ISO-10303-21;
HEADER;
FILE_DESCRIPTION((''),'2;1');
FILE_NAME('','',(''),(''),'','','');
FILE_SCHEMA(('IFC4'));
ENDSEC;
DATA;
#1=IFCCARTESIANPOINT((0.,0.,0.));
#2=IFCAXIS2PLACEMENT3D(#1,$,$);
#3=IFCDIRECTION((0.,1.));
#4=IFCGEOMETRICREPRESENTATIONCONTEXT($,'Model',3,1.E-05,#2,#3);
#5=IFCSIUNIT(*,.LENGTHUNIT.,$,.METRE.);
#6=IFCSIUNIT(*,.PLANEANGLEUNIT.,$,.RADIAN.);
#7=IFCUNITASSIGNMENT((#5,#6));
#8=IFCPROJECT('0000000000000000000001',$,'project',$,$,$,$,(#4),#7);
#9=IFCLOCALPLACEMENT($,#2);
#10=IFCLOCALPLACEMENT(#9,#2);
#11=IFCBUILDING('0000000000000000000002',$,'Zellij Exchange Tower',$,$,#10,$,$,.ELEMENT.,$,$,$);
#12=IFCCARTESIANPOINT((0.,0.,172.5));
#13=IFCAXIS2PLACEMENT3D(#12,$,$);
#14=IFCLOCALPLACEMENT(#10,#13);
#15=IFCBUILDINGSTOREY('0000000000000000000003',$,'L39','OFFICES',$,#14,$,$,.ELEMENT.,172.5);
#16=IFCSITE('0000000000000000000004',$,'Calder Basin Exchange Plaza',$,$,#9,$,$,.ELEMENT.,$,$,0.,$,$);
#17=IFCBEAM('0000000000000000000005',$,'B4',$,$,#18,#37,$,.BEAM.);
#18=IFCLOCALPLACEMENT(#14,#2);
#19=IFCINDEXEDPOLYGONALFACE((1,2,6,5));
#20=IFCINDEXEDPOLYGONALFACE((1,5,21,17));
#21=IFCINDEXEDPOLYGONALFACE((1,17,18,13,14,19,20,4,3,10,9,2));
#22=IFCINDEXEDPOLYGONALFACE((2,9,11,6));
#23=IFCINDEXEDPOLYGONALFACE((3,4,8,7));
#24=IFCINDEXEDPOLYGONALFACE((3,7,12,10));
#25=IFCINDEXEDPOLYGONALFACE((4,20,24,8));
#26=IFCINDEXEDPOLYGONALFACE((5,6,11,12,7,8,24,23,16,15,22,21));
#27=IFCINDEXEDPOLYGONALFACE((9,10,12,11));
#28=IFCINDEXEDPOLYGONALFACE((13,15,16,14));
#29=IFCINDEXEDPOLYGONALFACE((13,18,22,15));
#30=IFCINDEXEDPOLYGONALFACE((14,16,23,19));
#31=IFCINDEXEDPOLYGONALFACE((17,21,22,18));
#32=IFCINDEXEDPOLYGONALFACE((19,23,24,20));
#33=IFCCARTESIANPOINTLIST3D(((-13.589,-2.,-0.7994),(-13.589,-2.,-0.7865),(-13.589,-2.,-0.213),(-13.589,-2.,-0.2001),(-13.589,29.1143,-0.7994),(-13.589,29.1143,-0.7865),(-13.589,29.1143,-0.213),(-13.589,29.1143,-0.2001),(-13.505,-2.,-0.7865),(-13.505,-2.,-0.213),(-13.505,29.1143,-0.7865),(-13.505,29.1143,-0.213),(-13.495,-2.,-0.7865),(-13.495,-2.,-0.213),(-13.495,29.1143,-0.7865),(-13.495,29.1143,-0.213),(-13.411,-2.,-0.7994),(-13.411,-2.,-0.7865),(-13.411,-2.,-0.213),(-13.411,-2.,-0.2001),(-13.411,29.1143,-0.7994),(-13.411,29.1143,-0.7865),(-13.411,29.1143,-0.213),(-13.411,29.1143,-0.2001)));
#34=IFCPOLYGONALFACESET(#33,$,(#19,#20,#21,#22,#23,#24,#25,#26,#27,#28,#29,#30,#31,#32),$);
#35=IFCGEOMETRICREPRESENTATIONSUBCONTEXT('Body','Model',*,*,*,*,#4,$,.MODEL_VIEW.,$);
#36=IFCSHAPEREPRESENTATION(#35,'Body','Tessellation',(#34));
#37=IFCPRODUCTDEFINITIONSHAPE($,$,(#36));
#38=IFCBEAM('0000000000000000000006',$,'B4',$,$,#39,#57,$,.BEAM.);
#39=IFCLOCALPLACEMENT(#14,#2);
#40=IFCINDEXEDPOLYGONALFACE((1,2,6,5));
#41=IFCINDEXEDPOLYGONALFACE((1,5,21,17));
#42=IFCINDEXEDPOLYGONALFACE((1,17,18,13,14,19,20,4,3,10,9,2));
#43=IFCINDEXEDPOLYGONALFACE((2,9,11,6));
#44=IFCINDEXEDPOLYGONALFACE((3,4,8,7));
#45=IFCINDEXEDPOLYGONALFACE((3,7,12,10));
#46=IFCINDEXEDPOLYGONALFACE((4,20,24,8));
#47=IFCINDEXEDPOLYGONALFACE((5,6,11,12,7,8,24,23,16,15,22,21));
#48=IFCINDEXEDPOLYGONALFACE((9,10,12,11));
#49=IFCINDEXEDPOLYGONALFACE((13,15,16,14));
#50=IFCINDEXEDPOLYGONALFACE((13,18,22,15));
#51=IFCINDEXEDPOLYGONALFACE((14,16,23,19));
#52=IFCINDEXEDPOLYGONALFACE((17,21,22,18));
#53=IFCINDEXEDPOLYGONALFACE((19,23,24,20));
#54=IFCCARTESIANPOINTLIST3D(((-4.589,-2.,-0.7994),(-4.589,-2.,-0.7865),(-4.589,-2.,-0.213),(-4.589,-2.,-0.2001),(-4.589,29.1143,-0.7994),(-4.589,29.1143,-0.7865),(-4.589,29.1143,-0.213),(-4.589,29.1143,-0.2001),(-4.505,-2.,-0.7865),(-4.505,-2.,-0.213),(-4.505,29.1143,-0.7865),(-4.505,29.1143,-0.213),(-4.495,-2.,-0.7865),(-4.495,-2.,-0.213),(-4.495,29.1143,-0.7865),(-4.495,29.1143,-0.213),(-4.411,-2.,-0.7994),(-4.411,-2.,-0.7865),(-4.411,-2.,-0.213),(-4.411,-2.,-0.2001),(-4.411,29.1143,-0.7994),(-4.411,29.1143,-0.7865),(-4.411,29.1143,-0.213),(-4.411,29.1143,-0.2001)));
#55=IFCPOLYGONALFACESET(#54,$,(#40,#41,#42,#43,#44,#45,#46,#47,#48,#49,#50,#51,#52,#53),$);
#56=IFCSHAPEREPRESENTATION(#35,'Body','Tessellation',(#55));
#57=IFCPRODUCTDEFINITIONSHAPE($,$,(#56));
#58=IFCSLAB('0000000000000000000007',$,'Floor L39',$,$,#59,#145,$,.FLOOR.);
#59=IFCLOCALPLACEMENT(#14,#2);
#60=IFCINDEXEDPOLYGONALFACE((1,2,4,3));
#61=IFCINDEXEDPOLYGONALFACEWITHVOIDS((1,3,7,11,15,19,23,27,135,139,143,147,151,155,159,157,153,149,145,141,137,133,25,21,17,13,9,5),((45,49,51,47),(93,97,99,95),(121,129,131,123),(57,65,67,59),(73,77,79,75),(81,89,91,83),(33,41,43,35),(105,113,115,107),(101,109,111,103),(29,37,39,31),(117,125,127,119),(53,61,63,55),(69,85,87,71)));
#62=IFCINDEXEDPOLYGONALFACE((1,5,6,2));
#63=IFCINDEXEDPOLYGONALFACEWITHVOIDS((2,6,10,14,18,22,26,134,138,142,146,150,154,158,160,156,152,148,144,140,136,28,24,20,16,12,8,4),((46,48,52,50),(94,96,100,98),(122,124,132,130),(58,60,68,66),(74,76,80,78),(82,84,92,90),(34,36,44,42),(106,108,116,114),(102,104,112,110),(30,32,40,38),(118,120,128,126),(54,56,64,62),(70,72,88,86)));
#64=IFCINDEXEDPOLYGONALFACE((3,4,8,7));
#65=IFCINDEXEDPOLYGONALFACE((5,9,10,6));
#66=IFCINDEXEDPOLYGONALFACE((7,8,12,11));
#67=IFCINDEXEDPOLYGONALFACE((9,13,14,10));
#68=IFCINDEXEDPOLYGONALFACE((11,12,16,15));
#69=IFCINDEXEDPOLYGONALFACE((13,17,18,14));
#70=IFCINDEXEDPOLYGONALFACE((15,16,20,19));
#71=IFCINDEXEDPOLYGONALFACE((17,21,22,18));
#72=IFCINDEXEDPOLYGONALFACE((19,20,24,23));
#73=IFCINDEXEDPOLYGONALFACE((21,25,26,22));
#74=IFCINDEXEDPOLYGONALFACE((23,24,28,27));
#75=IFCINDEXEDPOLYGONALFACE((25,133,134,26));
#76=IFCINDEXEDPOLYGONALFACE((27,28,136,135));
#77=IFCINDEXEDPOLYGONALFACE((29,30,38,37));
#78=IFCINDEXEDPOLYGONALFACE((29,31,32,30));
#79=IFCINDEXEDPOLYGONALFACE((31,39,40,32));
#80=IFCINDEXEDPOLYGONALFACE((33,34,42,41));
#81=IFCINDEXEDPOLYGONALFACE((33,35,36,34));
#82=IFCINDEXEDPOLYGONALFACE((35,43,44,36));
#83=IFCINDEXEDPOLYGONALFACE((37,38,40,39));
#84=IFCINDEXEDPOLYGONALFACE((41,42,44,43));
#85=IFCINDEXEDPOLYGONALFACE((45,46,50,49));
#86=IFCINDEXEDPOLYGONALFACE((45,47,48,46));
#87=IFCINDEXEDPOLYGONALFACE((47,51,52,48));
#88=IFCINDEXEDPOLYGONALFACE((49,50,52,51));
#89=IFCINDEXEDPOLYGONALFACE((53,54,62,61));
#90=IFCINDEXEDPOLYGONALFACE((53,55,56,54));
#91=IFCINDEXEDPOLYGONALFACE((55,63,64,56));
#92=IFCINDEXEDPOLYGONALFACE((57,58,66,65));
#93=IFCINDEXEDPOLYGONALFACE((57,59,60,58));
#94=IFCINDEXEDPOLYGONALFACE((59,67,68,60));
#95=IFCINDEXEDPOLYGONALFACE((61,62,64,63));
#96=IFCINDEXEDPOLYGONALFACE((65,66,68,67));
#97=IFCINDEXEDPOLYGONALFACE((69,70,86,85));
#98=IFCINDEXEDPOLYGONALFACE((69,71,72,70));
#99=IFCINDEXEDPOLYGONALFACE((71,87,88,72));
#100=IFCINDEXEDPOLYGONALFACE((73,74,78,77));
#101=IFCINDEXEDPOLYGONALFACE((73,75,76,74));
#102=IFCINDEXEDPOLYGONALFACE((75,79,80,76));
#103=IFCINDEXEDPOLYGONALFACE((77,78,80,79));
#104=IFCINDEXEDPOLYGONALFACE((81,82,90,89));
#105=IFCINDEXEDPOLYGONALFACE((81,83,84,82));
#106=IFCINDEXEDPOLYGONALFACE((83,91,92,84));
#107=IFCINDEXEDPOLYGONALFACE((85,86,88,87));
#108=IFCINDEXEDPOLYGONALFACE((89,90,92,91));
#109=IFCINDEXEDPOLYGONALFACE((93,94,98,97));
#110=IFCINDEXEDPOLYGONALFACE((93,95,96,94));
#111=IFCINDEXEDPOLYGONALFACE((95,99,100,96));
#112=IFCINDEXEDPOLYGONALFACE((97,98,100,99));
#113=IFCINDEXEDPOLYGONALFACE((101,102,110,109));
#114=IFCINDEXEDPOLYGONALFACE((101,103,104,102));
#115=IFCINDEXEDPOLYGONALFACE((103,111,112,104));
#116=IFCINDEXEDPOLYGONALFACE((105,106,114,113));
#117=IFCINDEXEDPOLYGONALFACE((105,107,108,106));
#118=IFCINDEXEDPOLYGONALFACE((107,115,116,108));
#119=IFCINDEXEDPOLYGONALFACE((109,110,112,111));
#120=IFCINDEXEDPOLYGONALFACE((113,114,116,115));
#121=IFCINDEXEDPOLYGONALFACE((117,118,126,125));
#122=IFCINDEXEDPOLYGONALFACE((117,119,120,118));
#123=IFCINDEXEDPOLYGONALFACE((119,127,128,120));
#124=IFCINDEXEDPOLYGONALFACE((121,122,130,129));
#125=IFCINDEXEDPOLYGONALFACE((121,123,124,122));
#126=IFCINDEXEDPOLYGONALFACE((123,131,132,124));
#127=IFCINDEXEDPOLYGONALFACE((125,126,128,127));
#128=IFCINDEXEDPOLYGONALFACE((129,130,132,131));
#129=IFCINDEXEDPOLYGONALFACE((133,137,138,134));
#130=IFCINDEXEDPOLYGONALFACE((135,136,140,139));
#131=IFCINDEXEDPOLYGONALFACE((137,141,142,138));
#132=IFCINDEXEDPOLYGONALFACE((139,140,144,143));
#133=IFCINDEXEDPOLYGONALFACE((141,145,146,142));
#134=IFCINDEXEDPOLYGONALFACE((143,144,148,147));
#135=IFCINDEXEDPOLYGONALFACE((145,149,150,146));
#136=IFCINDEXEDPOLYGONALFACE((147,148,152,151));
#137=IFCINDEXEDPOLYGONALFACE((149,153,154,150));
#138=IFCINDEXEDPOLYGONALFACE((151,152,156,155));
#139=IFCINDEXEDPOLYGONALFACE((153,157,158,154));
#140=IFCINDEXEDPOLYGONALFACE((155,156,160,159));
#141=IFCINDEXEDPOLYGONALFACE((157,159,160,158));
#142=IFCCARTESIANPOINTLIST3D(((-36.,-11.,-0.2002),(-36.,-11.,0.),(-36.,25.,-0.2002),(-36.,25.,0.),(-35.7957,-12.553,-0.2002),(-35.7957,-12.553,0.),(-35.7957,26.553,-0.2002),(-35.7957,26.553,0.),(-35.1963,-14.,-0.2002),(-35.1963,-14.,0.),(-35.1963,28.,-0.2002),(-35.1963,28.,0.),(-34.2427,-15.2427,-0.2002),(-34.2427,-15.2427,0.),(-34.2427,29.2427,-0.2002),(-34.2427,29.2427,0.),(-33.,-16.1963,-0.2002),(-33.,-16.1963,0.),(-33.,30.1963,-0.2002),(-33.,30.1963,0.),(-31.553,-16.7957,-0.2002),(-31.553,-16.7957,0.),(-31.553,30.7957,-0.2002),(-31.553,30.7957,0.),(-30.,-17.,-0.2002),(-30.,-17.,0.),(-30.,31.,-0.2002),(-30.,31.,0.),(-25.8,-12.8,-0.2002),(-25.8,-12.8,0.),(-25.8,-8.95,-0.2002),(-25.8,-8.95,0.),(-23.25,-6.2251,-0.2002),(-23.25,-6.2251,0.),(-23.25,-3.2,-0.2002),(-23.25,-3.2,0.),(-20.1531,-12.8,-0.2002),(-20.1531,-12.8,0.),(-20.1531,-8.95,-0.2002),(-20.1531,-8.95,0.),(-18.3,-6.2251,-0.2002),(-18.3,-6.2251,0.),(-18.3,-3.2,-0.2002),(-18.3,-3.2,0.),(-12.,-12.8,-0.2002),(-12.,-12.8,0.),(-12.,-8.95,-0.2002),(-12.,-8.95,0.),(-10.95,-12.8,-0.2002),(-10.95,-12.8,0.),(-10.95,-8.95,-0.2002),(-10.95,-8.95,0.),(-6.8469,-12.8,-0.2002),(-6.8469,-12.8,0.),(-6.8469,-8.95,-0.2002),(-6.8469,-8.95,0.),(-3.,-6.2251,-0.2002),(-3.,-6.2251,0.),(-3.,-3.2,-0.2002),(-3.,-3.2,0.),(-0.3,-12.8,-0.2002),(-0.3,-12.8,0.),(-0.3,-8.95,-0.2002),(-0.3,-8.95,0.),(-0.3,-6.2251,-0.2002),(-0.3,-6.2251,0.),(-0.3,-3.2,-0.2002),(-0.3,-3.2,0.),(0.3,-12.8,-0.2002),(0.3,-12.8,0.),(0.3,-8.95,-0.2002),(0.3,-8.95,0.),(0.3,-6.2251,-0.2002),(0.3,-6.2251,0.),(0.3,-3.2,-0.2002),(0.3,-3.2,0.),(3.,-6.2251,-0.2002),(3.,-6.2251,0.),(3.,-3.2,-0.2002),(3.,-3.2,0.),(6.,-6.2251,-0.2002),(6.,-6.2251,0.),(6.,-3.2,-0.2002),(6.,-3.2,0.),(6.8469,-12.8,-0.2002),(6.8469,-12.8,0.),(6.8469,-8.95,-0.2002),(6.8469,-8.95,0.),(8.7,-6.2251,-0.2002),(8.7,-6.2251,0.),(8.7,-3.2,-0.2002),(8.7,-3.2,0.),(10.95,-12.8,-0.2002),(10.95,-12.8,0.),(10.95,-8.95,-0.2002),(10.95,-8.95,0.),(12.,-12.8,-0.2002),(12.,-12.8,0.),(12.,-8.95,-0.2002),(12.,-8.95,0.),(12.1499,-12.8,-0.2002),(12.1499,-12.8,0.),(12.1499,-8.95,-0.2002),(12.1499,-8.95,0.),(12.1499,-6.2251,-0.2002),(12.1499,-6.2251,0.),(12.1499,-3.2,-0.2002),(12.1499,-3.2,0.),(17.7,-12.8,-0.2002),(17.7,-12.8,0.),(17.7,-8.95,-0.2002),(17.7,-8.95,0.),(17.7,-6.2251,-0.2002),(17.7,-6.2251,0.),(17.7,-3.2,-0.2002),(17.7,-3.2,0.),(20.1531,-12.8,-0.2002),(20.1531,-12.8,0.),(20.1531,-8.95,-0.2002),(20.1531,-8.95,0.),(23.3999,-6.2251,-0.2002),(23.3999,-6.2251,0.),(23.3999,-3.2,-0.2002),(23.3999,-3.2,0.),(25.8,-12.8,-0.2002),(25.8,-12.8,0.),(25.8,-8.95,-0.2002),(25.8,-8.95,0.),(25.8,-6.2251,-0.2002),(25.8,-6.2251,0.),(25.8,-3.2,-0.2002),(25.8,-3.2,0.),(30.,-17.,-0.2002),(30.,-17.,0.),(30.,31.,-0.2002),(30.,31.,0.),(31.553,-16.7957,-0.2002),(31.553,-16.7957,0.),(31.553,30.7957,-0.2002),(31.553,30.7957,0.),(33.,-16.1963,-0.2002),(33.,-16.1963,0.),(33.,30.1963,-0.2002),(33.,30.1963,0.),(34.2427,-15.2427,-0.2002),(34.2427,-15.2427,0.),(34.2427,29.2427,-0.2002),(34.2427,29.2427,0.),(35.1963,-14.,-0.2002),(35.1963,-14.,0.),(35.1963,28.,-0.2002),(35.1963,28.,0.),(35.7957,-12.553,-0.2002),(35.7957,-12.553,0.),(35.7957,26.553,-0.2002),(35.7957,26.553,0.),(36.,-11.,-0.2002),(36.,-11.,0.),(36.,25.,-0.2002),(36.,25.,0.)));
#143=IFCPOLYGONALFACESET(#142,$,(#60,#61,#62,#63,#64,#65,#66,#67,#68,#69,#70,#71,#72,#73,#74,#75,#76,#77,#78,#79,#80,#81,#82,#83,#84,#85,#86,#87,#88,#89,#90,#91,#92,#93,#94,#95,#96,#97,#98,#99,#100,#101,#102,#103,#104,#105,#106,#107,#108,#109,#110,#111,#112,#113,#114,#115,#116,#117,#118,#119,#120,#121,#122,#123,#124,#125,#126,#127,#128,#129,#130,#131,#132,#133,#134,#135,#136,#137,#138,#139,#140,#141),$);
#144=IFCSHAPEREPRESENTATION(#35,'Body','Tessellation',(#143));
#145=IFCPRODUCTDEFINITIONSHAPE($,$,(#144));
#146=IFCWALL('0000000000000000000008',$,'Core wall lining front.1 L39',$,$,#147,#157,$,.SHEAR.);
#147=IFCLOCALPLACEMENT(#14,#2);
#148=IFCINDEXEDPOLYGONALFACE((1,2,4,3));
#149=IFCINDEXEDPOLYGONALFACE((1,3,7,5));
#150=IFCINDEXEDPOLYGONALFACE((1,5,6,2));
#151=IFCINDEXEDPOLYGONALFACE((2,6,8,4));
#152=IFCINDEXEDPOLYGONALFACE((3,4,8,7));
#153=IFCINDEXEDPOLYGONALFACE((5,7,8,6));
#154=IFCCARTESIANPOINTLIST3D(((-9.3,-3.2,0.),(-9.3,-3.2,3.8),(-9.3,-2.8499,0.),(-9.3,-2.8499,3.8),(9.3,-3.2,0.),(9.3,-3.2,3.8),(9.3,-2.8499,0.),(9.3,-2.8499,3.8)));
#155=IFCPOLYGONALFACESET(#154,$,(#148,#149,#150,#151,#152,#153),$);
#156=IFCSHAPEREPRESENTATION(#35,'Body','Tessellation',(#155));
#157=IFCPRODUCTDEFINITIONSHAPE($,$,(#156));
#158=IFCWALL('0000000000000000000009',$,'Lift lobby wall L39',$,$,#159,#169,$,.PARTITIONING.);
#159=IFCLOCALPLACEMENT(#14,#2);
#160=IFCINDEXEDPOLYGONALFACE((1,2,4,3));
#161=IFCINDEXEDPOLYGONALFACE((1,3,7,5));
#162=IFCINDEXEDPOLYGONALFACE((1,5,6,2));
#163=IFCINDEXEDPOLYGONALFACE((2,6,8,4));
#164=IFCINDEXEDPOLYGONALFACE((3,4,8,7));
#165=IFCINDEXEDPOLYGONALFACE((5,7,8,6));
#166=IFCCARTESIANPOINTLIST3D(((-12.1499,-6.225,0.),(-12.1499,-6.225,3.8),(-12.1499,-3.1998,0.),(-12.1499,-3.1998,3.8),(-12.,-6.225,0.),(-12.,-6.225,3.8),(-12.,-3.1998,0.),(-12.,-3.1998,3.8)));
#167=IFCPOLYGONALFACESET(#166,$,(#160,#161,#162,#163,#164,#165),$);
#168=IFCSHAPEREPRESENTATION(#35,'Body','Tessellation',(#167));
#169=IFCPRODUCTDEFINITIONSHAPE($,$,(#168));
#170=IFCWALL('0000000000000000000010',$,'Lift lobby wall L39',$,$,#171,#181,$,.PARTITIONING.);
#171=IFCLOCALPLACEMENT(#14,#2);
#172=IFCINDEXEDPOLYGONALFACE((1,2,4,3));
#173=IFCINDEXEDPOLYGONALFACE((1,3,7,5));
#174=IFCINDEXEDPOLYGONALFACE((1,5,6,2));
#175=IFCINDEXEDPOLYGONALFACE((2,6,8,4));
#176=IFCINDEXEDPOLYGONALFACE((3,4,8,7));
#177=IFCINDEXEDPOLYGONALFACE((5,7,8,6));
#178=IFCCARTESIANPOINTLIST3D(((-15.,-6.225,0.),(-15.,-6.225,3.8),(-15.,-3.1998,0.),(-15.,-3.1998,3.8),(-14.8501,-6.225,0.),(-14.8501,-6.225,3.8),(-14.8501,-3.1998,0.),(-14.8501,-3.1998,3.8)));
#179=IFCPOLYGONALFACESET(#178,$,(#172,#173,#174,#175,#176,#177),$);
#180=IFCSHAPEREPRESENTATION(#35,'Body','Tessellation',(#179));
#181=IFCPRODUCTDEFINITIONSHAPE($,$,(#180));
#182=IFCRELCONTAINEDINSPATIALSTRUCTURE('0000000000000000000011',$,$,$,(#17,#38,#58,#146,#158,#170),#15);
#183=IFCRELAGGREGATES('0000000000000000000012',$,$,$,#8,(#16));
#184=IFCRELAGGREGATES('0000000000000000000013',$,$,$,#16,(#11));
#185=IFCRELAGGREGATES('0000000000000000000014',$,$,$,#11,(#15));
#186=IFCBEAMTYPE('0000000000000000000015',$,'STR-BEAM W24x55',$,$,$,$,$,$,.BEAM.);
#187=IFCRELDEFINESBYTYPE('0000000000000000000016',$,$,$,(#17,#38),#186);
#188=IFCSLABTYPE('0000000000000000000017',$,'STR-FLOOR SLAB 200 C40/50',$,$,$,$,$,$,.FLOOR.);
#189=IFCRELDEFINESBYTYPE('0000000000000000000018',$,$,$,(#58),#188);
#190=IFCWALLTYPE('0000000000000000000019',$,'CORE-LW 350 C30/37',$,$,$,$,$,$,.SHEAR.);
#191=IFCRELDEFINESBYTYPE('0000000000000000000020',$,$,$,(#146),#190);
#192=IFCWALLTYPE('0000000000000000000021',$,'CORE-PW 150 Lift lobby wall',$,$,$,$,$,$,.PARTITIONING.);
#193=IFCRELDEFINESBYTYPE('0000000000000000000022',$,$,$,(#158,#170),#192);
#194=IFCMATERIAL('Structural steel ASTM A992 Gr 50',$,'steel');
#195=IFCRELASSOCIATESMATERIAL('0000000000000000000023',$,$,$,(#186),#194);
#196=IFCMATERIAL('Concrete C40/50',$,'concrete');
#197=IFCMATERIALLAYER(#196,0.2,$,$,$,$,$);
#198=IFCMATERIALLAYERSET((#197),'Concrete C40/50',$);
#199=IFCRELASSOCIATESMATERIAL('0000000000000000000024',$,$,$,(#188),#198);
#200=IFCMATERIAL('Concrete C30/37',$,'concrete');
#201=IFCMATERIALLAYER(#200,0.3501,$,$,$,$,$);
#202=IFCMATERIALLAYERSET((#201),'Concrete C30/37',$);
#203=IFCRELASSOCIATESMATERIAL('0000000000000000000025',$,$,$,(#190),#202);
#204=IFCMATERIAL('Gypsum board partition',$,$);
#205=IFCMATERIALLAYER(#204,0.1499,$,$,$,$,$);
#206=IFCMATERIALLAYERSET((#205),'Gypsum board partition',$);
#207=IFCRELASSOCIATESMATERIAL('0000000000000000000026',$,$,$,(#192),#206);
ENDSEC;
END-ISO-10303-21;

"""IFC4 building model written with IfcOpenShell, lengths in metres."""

from ifc_helpers import new_model, si_unit, direction, frame, frame_2d, origin, origin_2d, place, context, subcontext, project, spatial, polyline, rectangle, i_section, outline, extrude, material, layer, layer_set, material_profile, profile_set, type_object, element, save


model = new_model("IFC4")

# Units and contexts
model_context = context("Model", 3, precision=1e-05, world=origin(), true_north=direction((0.0, 1.0)))
body_context = subcontext(model_context, "Body", "Model", "MODEL_VIEW")
ifc_project = project(units=[si_unit("LENGTHUNIT", "METRE"), si_unit("PLANEANGLEUNIT", "RADIAN")], contexts=[model_context])

# Site, building, storey
site_placement = place(None, origin())
site = spatial("IfcSite", under=ifc_project, at=site_placement, Name="Calder Basin Exchange Plaza", CompositionType="ELEMENT", RefElevation=0.0)
building_placement = place(site_placement, origin())
building = spatial("IfcBuilding", under=site, at=building_placement, Name="Zellij Exchange Tower", CompositionType="ELEMENT")
storey_placement = place(building_placement, frame((0.0, 0.0, 172.5)))
storey = spatial("IfcBuildingStorey", under=building, at=storey_placement, Name="L39", Description="OFFICES", CompositionType="ELEMENT", Elevation=172.5)

# Beams
ifc_material_1 = material(Name="Structural steel ASTM A992 Gr 50", Category="steel")
ifc_material_profile = material_profile(ifc_material_1, i_section(OverallWidth=0.178, OverallDepth=0.5994, WebThickness=0.01, FlangeThickness=0.0129, at=origin_2d()), Name="W24x55")
ifc_profile_set = profile_set([ifc_material_profile], Name="Structural steel ASTM A992 Gr 50")
beam_type = type_object("IfcBeamType", Name="STR-BEAM W24x55", PredefinedType="BEAM", material=ifc_profile_set)
for number, where, z_axis, x_axis, name in (
    (1, (-13.5, -2.0, -0.4998), (0.0, 1.0, 0.0), (-1.0, 0.0, 0.0), "B4"),
    (2, (-4.5, -2.0, -0.4998), (0.0, 1.0, 0.0), (-1.0, 0.0, 0.0), "B4"),
):
    element("IfcBeam", number, at=place(storey_placement, frame(where, z_axis=z_axis, x_axis=x_axis)), inside=storey, type_object=beam_type, Name=name, PredefinedType="BEAM", context=body_context, shape_type="SweptSolid", body=[
        extrude(i_section(OverallWidth=0.178, OverallDepth=0.5994, WebThickness=0.01, FlangeThickness=0.0129, at=origin_2d()), origin(), (0.0, 0.0, 1.0), 31.1143),
    ])

# Slab
ifc_material_2 = material(Name="Concrete C40/50", Category="concrete")
ifc_layer_1 = layer(ifc_material_2, 0.2)
ifc_layer_set_1 = layer_set([ifc_layer_1], Name="Concrete C40/50")
slab_type = type_object("IfcSlabType", Name="STR-FLOOR SLAB 200 C40/50", PredefinedType="FLOOR", material=ifc_layer_set_1)
slab_placement = place(storey_placement, frame((0.0, 0.0, -0.2002)))
element("IfcSlab", 3, at=slab_placement, inside=storey, type_object=slab_type, Name="Floor L39", PredefinedType="FLOOR", context=body_context, shape_type="SweptSolid", body=[
    extrude(outline(polyline([(-30.0, -17.0), (-31.553, -16.7957), (-33.0, -16.1963), (-34.2427, -15.2427), (-35.1963, -14.0), (-35.7957, -12.553), (-36.0, -11.0), (-36.0, 25.0), (-35.7957, 26.553), (-35.1963, 28.0), (-34.2427, 29.2427), (-33.0, 30.1963), (-31.553, 30.7957), (-30.0, 31.0), (30.0, 31.0), (31.553, 30.7957), (33.0, 30.1963), (34.2427, 29.2427), (35.1963, 28.0), (35.7957, 26.553), (36.0, 25.0), (36.0, -11.0), (35.7957, -12.553), (35.1963, -14.0), (34.2427, -15.2427), (33.0, -16.1963), (31.553, -16.7957), (30.0, -17.0), (-30.0, -17.0)]), holes=[polyline([(-25.8, -8.95), (-25.8, -12.8), (-20.1531, -12.8), (-20.1531, -8.95), (-25.8, -8.95)]), polyline([(-10.95, -8.95), (-12.0, -8.95), (-12.0, -12.8), (-10.95, -12.8), (-10.95, -8.95)]), polyline([(-0.3, -8.95), (-6.8469, -8.95), (-6.8469, -12.8), (-0.3, -12.8), (-0.3, -8.95)]), polyline([(0.3, -8.95), (0.3, -12.8), (6.8469, -12.8), (6.8469, -8.95), (0.3, -8.95)]), polyline([(-18.3, -3.2), (-23.25, -3.2), (-23.25, -6.2251), (-18.3, -6.2251), (-18.3, -3.2)]), polyline([(-0.3, -3.2), (-3.0, -3.2), (-3.0, -6.2251), (-0.3, -6.2251), (-0.3, -3.2)]), polyline([(0.3, -3.2), (0.3, -6.2251), (3.0, -6.2251), (3.0, -3.2), (0.3, -3.2)]), polyline([(12.0, -8.95), (10.95, -8.95), (10.95, -12.8), (12.0, -12.8), (12.0, -8.95)]), polyline([(17.7, -8.95), (12.1499, -8.95), (12.1499, -12.8), (17.7, -12.8), (17.7, -8.95)]), polyline([(25.8, -8.95), (20.1531, -8.95), (20.1531, -12.8), (25.8, -12.8), (25.8, -8.95)]), polyline([(8.7, -3.2), (6.0, -3.2), (6.0, -6.2251), (8.7, -6.2251), (8.7, -3.2)]), polyline([(17.7, -3.2), (12.1499, -3.2), (12.1499, -6.2251), (17.7, -6.2251), (17.7, -3.2)]), polyline([(25.8, -3.2), (23.3999, -3.2), (23.3999, -6.2251), (25.8, -6.2251), (25.8, -3.2)])]), origin(), (0.0, 0.0, 1.0), 0.2002),
])

# Walls
ifc_material_3 = material(Name="Concrete C30/37", Category="concrete")
ifc_layer_2 = layer(ifc_material_3, 0.3501)
ifc_layer_set_2 = layer_set([ifc_layer_2], Name="Concrete C30/37")
wall_type_1 = type_object("IfcWallType", Name="CORE-LW 350 C30/37", PredefinedType="SHEAR", material=ifc_layer_set_2)
wall_1_placement = place(storey_placement, frame((-9.3, -3.0249, 0.0), z_axis=(0.0, 0.0, 1.0), x_axis=(1.0, 0.0, 0.0)))
element("IfcWall", 4, at=wall_1_placement, inside=storey, type_object=wall_type_1, Name="Core wall lining front.1 L39", PredefinedType="SHEAR", context=body_context, shape_type="SweptSolid", body=[
    extrude(rectangle(XDim=18.6001, YDim=0.3501, at=frame_2d((9.3, 0.0))), origin(), (0.0, 0.0, 1.0), 3.8),
])
ifc_material_4 = material(Name="Gypsum board partition")
ifc_layer_3 = layer(ifc_material_4, 0.1499)
ifc_layer_set_3 = layer_set([ifc_layer_3], Name="Gypsum board partition")
wall_type_2 = type_object("IfcWallType", Name="CORE-PW 150 Lift lobby wall", PredefinedType="PARTITIONING", material=ifc_layer_set_3)
for number, where, z_axis, x_axis, name in (
    (5, (-12.075, -6.2251, 0.0), (0.0, 0.0, 1.0), (0.0, 1.0, 0.0), "Lift lobby wall L39"),
    (6, (-14.925, -6.2251, 0.0), (0.0, 0.0, 1.0), (0.0, 1.0, 0.0), "Lift lobby wall L39"),
):
    element("IfcWall", number, at=place(storey_placement, frame(where, z_axis=z_axis, x_axis=x_axis)), inside=storey, type_object=wall_type_2, Name=name, PredefinedType="PARTITIONING", context=body_context, shape_type="SweptSolid", body=[
        extrude(rectangle(XDim=3.0251, YDim=0.1499, at=frame_2d((1.5127, 0.0))), origin(), (0.0, 0.0, 1.0), 3.8),
    ])

save(model, "model.ifc")
